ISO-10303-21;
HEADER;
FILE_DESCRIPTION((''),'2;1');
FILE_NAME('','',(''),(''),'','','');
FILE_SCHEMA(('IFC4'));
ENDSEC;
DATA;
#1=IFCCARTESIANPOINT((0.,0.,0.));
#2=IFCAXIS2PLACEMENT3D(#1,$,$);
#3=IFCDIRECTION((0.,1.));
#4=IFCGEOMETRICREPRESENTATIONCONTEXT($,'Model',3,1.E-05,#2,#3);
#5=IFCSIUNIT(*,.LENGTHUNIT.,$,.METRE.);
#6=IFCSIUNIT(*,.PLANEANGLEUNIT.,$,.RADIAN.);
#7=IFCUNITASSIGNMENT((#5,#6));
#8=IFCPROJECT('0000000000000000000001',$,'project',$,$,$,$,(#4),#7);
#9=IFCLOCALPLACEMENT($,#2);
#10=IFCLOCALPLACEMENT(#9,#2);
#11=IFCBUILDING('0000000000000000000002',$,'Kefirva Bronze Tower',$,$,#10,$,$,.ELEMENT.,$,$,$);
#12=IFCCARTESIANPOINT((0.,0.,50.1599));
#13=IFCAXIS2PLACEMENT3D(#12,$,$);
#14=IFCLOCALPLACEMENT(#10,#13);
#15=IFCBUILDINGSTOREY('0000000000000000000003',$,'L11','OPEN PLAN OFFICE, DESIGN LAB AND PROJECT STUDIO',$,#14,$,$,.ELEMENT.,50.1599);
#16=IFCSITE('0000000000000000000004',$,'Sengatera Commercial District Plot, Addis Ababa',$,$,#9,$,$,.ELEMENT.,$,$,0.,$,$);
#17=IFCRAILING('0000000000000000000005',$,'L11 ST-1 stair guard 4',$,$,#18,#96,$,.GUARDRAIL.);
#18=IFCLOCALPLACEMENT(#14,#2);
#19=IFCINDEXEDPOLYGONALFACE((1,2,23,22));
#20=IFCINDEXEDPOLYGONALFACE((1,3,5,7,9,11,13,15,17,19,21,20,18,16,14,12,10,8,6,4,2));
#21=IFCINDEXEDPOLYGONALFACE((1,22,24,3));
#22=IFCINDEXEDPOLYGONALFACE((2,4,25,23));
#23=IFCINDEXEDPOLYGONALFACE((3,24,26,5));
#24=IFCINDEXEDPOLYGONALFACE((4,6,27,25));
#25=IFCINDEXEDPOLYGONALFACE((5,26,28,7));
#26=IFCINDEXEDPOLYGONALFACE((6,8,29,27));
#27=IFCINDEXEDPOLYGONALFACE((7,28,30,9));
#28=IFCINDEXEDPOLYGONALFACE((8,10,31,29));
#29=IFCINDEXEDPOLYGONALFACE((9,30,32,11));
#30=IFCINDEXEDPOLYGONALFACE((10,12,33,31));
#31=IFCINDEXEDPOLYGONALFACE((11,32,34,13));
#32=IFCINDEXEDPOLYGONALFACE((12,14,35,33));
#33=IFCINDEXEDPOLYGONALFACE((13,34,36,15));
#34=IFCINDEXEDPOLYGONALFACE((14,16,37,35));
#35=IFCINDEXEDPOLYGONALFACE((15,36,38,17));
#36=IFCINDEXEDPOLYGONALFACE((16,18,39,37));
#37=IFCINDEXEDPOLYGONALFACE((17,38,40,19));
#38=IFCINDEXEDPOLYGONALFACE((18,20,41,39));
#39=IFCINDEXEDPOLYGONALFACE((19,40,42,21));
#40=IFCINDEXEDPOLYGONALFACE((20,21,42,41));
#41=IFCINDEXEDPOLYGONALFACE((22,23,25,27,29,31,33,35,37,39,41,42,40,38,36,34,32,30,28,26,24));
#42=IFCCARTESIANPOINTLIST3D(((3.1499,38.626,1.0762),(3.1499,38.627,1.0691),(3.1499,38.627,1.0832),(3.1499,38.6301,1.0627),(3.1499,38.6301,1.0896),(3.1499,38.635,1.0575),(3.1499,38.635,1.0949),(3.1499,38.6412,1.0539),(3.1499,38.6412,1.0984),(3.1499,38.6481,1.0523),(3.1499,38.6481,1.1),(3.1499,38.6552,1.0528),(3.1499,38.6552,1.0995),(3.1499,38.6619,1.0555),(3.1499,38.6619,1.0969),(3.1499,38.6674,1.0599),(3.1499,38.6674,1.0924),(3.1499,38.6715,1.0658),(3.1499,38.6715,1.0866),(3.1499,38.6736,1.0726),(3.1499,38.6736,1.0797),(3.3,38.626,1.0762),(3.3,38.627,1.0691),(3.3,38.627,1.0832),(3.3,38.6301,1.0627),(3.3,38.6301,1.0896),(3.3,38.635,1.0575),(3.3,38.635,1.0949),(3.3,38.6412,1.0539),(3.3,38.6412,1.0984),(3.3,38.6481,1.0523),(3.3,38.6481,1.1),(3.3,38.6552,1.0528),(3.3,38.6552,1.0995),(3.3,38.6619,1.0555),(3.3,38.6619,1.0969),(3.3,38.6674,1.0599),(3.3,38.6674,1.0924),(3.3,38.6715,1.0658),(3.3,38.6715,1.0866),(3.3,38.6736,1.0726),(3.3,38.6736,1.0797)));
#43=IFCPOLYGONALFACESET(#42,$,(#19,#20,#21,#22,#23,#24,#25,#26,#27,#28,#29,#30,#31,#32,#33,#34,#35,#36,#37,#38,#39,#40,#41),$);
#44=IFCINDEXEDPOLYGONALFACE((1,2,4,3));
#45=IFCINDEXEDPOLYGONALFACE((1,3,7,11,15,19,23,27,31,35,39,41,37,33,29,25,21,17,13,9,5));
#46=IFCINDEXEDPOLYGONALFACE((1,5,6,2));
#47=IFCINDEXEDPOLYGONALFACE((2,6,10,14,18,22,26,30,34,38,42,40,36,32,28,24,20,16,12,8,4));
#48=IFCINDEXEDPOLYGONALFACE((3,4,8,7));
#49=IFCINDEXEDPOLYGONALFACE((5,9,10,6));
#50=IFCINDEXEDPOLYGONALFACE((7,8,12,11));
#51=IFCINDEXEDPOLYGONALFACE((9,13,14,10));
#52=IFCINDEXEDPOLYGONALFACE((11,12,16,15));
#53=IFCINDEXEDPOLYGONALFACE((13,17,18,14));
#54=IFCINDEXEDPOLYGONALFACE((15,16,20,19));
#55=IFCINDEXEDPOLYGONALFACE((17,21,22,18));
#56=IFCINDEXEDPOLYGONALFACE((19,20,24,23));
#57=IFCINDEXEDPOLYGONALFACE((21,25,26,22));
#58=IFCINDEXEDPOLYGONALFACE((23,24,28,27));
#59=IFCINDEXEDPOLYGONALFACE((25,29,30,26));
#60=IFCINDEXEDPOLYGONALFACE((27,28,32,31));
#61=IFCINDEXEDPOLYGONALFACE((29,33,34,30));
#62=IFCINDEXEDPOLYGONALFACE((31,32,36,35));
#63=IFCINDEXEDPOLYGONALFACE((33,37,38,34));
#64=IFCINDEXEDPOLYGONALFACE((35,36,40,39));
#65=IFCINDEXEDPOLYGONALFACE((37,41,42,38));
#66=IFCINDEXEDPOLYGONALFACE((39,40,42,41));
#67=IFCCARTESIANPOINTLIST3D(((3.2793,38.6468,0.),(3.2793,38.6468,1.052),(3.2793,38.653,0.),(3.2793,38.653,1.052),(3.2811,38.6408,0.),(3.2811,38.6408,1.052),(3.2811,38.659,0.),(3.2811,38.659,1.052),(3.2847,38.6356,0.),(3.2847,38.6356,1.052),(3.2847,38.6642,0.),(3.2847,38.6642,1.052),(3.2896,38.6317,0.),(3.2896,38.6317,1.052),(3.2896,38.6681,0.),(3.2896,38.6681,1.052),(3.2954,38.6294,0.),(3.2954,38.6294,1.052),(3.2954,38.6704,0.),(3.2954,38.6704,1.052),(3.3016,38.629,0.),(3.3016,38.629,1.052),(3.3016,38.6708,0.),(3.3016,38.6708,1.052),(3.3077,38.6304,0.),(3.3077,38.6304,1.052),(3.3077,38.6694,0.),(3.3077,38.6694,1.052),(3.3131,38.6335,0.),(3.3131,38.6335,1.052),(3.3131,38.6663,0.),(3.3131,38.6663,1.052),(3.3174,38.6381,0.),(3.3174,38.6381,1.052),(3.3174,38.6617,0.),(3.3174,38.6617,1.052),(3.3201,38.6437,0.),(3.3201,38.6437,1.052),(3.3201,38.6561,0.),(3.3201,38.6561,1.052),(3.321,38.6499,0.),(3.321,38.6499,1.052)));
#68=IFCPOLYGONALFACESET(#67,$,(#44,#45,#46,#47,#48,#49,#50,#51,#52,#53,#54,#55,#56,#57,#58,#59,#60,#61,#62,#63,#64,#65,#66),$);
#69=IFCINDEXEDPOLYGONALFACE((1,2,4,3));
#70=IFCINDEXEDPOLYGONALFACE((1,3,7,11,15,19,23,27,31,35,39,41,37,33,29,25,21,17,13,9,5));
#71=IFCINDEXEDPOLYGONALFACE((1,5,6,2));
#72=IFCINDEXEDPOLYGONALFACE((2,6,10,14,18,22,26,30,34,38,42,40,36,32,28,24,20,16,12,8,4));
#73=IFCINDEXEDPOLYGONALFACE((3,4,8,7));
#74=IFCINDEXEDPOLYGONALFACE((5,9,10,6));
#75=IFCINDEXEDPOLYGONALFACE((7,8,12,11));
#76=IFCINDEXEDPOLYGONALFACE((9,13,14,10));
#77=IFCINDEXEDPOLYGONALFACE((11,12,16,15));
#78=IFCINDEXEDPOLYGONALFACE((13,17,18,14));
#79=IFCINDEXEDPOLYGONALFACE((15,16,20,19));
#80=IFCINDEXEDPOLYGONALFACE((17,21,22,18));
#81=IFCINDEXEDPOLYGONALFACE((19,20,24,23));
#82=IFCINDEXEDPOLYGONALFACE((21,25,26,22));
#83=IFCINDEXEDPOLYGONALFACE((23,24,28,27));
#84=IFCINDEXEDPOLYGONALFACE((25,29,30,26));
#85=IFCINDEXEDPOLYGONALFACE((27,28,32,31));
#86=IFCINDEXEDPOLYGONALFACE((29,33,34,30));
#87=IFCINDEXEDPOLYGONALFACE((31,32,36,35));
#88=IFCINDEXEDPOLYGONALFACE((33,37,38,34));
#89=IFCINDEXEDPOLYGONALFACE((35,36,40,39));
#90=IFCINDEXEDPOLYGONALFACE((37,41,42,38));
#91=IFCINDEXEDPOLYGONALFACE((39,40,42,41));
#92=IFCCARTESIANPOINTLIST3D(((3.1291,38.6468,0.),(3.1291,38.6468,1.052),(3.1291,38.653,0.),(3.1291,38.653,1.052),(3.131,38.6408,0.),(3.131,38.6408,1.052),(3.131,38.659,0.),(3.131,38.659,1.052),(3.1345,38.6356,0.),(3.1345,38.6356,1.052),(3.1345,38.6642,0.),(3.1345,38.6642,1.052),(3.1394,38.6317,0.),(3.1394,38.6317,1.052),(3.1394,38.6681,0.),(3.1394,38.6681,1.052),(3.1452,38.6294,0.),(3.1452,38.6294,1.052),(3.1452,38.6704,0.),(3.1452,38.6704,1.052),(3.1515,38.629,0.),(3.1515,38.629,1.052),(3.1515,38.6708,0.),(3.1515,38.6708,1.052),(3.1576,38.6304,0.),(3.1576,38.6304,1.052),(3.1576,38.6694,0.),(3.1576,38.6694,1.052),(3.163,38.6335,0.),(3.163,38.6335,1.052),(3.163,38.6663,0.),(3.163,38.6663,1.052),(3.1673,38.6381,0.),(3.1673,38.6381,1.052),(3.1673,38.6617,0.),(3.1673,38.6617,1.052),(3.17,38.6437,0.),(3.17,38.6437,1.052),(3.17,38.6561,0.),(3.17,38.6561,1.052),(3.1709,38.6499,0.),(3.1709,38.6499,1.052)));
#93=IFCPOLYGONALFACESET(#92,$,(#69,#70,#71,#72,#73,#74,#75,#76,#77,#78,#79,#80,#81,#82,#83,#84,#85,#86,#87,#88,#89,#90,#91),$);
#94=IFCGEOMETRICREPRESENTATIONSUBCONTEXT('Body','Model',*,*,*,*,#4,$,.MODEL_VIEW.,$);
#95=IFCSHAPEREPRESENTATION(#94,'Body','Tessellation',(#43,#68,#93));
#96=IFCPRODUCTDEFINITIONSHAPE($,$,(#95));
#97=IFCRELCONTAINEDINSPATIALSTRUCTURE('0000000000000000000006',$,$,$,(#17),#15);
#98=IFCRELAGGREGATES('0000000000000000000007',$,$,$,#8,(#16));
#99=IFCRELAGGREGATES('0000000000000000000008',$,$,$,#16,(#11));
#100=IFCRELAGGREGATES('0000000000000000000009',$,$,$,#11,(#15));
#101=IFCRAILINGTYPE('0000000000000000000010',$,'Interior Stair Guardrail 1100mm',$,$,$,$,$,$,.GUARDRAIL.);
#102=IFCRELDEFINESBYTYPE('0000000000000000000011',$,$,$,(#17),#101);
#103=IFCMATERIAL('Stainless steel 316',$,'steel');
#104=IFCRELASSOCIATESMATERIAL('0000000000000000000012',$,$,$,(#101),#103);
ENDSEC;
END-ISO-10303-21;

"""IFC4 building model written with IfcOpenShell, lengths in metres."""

from ifc_helpers import new_model, si_unit, direction, frame, origin, origin_2d, place, context, subcontext, project, spatial, circle, extrude, material, type_object, element, save


model = new_model("IFC4")

# Units and contexts
model_context = context("Model", 3, precision=1e-05, world=origin(), true_north=direction((0.0, 1.0)))
body_context = subcontext(model_context, "Body", "Model", "MODEL_VIEW")
ifc_project = project(units=[si_unit("LENGTHUNIT", "METRE"), si_unit("PLANEANGLEUNIT", "RADIAN")], contexts=[model_context])

# Site, building, storey
site_placement = place(None, origin())
site = spatial("IfcSite", under=ifc_project, at=site_placement, Name="Sengatera Commercial District Plot, Addis Ababa", CompositionType="ELEMENT", RefElevation=0.0)
building_placement = place(site_placement, origin())
building = spatial("IfcBuilding", under=site, at=building_placement, Name="Kefirva Bronze Tower", CompositionType="ELEMENT")
storey_placement = place(building_placement, frame((0.0, 0.0, 50.1599)))
storey = spatial("IfcBuildingStorey", under=building, at=storey_placement, Name="L11", Description="OPEN PLAN OFFICE, DESIGN LAB AND PROJECT STUDIO", CompositionType="ELEMENT", Elevation=50.1599)

# Railing
ifc_material_1 = material(Name="Stainless steel 316", Category="steel")
railing_type_1 = type_object("IfcRailingType", Name="Interior Stair Guardrail 1100mm", PredefinedType="GUARDRAIL", material=ifc_material_1)
railing_1_placement = place(storey_placement, frame((3.3, 38.6499, 0.0)))
element("IfcRailing", 1, at=railing_1_placement, inside=storey, type_object=railing_type_1, Name="L11 ST-1 stair guard 4", PredefinedType="GUARDRAIL", context=body_context, shape_type="SweptSolid", body=[
    extrude(circle(Radius=0.0239, at=origin_2d()), frame((0.0, 0.0, 1.0762), z_axis=(-1.0, 0.0, 0.0), x_axis=(0.0, -1.0, 0.0)), (0.0, 0.0, 1.0), 0.1501),
    extrude(circle(Radius=0.021, at=origin_2d()), origin(), (0.0, 0.0, 1.0), 1.052),
    extrude(circle(Radius=0.021, at=origin_2d()), frame((-0.1501, 0.0, 0.0)), (0.0, 0.0, 1.0), 1.052),
])

save(model, "model.ifc")
